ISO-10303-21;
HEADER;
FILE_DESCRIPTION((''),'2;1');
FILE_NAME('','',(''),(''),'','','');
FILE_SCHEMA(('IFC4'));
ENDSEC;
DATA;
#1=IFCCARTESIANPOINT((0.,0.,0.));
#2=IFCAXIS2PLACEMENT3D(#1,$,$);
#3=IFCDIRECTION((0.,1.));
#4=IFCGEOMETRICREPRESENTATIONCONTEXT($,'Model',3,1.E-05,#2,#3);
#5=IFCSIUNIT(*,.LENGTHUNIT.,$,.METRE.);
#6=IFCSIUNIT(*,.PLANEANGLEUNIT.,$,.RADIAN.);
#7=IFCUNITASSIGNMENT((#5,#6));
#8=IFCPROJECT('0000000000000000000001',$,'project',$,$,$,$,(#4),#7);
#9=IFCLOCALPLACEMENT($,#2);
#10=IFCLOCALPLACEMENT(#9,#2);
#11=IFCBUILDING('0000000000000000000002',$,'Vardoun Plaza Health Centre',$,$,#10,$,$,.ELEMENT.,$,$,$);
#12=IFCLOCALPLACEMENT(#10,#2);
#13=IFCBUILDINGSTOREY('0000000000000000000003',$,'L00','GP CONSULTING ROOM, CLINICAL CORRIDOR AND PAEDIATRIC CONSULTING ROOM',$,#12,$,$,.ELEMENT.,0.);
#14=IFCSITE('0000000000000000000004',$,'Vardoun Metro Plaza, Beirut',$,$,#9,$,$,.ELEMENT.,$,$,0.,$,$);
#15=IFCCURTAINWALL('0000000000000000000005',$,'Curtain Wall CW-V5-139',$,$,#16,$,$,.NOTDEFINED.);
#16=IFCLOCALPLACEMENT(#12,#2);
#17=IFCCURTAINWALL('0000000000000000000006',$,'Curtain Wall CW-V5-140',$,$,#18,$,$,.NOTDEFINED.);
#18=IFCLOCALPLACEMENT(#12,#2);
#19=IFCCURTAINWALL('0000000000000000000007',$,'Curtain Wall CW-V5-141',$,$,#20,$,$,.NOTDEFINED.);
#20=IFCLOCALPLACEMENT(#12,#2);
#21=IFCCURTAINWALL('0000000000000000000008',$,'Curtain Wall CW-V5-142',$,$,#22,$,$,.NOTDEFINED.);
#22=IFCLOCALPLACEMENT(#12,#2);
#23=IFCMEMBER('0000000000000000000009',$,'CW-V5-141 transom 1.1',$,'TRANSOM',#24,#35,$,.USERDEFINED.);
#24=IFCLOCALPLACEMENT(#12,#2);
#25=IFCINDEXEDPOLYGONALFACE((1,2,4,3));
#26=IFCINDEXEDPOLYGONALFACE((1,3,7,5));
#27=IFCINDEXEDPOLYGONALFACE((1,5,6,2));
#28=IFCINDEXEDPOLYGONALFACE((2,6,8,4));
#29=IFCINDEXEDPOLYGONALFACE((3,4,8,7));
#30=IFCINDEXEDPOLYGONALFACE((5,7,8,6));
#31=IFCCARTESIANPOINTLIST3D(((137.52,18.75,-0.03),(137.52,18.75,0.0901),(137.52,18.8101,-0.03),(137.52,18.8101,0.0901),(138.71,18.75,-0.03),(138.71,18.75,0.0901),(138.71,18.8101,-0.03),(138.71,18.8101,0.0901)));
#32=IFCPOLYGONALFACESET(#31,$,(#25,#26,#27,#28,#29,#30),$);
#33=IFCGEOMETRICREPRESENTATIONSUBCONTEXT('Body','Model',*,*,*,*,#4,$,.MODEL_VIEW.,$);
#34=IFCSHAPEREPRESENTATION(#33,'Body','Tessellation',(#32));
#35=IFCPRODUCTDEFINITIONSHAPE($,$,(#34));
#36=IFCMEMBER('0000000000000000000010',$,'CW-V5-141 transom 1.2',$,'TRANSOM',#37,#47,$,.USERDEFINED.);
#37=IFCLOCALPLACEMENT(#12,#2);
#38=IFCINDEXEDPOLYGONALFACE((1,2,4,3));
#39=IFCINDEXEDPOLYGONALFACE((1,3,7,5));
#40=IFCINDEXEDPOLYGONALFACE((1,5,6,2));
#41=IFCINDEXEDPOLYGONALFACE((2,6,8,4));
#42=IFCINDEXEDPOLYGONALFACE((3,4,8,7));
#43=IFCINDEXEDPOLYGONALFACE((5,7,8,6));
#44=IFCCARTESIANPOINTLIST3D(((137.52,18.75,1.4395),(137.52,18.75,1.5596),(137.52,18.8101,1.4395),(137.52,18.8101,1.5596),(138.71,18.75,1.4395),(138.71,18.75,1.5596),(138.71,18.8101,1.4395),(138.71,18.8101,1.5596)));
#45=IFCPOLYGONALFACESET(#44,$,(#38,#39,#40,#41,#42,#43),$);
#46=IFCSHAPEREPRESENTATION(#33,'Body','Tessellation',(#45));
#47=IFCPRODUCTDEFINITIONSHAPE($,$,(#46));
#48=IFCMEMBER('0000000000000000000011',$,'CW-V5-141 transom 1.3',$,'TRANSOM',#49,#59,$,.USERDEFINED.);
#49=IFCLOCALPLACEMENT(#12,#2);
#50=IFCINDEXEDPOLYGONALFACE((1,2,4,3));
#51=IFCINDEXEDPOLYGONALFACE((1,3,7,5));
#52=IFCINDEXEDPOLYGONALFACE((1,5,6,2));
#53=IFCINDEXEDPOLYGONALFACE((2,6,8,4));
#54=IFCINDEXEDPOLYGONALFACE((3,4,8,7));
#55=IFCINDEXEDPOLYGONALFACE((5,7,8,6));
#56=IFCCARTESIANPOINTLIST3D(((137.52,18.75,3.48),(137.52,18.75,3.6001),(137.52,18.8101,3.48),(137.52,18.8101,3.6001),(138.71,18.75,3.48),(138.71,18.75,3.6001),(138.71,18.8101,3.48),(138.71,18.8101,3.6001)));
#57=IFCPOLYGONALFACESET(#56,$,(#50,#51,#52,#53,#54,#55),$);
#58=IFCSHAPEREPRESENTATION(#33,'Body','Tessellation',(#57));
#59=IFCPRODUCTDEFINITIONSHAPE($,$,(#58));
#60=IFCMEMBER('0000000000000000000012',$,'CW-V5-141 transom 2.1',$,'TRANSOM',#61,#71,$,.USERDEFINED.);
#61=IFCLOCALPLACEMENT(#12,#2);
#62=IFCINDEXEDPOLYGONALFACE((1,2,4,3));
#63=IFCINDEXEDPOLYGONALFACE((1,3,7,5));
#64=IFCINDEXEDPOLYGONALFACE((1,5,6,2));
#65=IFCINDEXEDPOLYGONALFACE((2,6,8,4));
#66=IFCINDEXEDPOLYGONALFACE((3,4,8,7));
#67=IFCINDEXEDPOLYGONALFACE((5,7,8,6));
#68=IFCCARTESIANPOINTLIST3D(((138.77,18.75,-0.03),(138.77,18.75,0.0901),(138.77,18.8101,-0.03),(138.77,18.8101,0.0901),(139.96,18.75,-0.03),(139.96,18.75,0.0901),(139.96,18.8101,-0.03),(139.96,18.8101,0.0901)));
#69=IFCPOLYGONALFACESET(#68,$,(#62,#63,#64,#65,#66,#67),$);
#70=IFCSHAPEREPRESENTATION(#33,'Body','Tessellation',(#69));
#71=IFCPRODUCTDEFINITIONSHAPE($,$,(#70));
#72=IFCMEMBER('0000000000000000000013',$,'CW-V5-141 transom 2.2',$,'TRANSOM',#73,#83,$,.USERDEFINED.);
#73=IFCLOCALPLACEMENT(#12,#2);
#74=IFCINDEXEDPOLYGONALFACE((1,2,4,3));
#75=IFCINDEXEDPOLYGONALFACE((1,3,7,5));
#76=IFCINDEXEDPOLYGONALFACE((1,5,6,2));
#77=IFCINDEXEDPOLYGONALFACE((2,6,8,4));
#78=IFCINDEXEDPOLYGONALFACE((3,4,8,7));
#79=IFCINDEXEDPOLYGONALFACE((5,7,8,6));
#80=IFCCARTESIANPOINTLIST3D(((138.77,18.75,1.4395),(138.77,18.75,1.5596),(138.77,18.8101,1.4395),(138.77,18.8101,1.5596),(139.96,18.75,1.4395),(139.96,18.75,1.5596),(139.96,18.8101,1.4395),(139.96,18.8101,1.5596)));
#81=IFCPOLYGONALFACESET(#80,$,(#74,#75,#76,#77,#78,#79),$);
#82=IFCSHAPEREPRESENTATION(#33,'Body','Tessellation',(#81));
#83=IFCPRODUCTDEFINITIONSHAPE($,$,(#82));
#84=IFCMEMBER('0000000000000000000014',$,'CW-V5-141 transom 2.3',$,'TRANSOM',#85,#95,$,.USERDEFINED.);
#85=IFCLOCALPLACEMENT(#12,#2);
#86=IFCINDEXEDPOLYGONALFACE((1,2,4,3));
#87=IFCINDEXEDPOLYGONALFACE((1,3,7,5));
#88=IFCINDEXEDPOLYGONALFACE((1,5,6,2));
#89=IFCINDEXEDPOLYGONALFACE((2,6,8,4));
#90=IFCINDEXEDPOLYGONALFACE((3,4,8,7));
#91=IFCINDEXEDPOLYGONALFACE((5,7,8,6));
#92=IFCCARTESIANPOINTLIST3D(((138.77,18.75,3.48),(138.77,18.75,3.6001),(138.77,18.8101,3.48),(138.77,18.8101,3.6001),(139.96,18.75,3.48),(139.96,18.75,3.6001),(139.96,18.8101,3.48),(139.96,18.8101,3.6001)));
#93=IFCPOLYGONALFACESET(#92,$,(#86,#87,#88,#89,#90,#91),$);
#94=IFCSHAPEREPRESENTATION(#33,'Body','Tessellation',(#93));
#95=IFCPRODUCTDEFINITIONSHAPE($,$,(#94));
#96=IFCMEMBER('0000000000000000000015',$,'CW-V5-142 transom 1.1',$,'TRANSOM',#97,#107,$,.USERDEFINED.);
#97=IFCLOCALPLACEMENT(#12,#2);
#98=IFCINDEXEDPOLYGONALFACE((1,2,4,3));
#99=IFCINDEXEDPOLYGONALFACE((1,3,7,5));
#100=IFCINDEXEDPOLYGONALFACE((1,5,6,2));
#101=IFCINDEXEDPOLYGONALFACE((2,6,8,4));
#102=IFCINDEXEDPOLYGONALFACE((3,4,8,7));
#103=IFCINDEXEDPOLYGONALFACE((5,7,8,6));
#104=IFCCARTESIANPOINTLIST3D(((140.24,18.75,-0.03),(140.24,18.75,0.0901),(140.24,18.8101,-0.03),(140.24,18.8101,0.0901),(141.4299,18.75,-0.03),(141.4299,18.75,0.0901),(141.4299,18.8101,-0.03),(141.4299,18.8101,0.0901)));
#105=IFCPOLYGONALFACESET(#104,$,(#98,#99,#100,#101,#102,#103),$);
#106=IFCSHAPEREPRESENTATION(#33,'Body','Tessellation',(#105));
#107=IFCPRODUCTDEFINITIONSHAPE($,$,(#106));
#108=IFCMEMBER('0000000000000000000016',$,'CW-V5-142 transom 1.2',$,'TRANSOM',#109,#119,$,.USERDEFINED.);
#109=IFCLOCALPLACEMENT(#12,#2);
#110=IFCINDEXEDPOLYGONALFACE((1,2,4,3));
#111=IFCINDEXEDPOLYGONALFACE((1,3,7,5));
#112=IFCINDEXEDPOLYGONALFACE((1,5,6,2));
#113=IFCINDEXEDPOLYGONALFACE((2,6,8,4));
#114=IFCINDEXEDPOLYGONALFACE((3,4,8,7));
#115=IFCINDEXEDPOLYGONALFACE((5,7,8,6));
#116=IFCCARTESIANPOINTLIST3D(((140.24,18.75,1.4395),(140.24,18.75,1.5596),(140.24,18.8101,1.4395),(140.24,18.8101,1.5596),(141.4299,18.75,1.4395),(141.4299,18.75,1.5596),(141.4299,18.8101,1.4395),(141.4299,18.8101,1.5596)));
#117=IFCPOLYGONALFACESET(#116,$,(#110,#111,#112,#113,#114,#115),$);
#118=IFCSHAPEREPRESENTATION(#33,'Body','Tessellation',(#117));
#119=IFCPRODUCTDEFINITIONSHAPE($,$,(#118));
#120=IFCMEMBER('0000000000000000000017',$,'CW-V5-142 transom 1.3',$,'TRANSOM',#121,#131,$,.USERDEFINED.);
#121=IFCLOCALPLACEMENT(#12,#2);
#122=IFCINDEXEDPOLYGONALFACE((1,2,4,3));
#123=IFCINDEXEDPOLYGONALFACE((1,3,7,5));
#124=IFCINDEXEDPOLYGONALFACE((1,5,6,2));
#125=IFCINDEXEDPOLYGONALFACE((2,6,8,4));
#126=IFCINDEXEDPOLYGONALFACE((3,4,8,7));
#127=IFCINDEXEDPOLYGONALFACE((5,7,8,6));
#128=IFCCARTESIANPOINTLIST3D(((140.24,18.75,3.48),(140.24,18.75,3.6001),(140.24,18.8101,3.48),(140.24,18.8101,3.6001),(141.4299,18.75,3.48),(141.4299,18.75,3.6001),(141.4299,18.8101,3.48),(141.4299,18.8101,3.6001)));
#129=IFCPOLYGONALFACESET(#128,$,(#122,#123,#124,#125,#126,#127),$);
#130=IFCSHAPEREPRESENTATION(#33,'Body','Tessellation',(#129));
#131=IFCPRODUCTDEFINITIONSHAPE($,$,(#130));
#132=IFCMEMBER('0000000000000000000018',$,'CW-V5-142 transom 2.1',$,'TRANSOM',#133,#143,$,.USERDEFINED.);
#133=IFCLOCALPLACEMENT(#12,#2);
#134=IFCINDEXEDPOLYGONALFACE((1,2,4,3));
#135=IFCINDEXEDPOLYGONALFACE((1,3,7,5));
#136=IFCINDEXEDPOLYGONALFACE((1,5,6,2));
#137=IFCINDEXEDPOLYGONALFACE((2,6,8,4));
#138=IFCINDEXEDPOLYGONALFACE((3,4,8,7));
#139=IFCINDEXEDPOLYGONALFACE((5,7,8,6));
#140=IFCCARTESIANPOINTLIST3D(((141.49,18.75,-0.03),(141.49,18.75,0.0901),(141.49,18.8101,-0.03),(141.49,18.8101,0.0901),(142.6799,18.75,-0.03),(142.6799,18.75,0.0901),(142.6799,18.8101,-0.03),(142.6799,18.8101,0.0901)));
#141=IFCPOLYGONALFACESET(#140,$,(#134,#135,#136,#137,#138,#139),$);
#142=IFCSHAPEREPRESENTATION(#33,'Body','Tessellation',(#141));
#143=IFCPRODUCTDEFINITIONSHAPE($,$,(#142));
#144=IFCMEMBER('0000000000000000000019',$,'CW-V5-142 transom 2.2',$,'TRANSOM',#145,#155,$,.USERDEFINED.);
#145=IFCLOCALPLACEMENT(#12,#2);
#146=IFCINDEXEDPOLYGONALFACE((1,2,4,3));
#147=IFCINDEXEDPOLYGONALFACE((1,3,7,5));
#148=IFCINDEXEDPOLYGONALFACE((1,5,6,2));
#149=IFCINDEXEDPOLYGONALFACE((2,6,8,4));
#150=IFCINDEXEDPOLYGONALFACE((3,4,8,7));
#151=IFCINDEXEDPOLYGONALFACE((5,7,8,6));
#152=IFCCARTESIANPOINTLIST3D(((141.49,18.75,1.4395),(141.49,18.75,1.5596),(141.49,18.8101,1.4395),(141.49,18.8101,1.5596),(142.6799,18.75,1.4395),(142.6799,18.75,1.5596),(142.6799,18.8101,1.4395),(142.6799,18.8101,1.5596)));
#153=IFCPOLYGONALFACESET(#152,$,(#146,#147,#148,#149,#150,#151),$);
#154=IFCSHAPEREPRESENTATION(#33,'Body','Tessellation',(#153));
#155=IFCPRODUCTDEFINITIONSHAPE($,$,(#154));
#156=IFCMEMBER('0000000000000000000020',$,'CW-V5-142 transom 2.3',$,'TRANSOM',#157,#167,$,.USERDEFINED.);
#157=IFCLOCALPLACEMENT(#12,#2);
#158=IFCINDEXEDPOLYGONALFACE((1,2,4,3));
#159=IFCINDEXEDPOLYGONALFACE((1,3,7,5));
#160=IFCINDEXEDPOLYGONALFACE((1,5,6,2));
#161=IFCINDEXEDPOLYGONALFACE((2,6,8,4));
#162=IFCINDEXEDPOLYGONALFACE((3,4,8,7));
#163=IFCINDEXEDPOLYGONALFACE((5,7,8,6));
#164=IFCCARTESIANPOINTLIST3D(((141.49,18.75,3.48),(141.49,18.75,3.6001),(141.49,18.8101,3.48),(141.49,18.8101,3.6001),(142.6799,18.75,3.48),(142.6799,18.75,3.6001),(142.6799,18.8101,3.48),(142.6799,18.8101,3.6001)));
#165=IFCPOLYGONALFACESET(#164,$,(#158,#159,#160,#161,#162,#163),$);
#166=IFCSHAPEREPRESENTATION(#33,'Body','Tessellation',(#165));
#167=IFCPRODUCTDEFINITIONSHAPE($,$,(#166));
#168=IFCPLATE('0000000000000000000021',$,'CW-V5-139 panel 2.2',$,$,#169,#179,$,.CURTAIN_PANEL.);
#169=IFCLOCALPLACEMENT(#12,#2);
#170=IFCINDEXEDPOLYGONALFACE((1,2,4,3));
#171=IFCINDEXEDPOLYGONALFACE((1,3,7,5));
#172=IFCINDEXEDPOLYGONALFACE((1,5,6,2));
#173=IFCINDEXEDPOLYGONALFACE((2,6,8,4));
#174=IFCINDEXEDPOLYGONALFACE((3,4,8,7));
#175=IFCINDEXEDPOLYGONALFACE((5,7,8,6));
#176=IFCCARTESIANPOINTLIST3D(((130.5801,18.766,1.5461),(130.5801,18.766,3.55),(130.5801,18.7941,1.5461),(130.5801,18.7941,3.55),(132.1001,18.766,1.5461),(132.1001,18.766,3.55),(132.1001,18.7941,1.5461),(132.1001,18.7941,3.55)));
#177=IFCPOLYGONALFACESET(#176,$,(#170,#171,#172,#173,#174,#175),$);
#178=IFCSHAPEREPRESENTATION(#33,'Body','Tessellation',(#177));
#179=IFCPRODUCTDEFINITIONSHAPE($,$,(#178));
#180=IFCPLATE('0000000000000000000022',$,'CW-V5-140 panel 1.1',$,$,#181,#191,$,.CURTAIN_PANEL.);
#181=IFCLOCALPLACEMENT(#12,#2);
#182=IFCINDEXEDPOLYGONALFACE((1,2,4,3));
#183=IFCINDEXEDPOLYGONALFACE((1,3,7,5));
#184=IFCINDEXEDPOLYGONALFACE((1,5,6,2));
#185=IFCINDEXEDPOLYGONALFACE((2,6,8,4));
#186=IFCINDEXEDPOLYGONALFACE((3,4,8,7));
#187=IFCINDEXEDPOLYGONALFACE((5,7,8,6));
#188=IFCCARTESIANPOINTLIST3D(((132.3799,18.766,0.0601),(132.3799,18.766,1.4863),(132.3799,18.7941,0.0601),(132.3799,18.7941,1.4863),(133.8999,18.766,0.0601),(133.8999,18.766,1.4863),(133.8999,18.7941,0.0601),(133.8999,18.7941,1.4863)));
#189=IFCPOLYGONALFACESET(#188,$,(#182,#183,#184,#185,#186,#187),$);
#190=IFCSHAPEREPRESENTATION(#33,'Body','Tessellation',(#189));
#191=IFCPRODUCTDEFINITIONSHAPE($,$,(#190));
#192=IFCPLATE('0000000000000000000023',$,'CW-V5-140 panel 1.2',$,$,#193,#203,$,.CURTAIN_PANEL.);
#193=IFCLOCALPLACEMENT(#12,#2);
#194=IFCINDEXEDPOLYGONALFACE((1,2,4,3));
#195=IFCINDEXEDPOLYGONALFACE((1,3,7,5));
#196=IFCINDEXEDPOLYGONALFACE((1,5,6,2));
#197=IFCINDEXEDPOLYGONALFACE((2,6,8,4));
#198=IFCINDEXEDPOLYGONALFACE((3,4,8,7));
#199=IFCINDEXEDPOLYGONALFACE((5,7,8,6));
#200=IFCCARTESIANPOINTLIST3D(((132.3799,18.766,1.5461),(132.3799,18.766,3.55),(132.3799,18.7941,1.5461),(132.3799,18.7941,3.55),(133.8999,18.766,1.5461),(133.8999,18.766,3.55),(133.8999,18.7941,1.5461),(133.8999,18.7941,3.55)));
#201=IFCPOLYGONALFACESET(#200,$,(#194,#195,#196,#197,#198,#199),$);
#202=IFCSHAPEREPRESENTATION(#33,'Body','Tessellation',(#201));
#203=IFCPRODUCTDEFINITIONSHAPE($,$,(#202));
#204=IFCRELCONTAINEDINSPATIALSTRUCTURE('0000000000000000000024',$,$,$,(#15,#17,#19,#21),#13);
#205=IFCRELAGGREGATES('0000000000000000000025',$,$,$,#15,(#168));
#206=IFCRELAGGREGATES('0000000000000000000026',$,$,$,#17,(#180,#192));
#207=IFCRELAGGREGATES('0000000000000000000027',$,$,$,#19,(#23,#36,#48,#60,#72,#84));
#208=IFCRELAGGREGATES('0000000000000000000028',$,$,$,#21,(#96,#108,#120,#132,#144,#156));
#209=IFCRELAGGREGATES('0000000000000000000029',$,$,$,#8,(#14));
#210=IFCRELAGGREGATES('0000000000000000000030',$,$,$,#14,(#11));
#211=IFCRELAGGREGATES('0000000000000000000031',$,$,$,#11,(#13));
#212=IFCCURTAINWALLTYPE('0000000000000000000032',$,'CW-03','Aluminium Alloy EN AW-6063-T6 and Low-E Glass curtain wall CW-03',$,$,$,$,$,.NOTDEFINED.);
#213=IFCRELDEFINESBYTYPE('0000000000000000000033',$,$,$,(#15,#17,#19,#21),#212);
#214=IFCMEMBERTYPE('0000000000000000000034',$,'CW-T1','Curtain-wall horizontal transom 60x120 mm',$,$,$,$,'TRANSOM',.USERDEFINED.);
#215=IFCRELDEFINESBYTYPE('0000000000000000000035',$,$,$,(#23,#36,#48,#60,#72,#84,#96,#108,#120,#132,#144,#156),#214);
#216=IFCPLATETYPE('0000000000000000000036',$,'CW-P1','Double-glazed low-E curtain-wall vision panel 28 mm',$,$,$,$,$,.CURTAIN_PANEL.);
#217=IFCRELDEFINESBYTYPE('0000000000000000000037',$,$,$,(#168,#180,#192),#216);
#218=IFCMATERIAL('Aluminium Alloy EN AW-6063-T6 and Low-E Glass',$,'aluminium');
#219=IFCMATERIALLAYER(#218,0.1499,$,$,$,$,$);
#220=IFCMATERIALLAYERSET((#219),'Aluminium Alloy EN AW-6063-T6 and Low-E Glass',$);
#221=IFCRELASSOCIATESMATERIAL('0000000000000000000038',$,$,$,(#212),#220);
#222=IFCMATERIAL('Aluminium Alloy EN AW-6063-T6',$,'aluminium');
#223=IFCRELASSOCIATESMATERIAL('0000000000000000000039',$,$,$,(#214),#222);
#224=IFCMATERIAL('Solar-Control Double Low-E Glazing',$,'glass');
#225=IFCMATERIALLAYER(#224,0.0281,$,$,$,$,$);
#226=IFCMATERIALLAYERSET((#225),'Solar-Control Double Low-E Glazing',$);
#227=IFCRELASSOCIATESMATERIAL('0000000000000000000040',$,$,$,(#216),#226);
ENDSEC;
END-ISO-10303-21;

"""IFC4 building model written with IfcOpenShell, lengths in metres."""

from ifc_helpers import new_model, si_unit, direction, frame, origin, origin_2d, place, context, subcontext, project, spatial, rectangle, extrude, material, layer, layer_set, material_profile, profile_set, type_object, element, aggregate, save


model = new_model("IFC4")

# Units and contexts
model_context = context("Model", 3, precision=1e-05, world=origin(), true_north=direction((0.0, 1.0)))
body_context = subcontext(model_context, "Body", "Model", "MODEL_VIEW")
ifc_project = project(units=[si_unit("LENGTHUNIT", "METRE"), si_unit("PLANEANGLEUNIT", "RADIAN")], contexts=[model_context])

# Site, building, storey
site_placement = place(None, origin())
site = spatial("IfcSite", under=ifc_project, at=site_placement, Name="Vardoun Metro Plaza, Beirut", CompositionType="ELEMENT", RefElevation=0.0)
building_placement = place(site_placement, origin())
building = spatial("IfcBuilding", under=site, at=building_placement, Name="Vardoun Plaza Health Centre", CompositionType="ELEMENT")
storey_placement = place(building_placement, origin())
storey = spatial("IfcBuildingStorey", under=building, at=storey_placement, Name="L00", Description="GP CONSULTING ROOM, CLINICAL CORRIDOR AND PAEDIATRIC CONSULTING ROOM", CompositionType="ELEMENT", Elevation=0.0)

# Curtain wall
ifc_material_1 = material(Name="Aluminium Alloy EN AW-6063-T6 and Low-E Glass", Category="aluminium")
ifc_layer_1 = layer(ifc_material_1, 0.1499)
ifc_layer_set_1 = layer_set([ifc_layer_1], Name="Aluminium Alloy EN AW-6063-T6 and Low-E Glass")
curtain_wall_type = type_object("IfcCurtainWallType", Name="CW-03", Description="Aluminium Alloy EN AW-6063-T6 and Low-E Glass curtain wall CW-03", PredefinedType="NOTDEFINED", material=ifc_layer_set_1)
curtain_wall_1_placement = place(storey_placement, origin())
curtain_wall_1 = element("IfcCurtainWall", 1, at=curtain_wall_1_placement, inside=storey, type_object=curtain_wall_type, Name="Curtain Wall CW-V5-139", PredefinedType="NOTDEFINED")

# Curtain walls
curtain_wall_2_placement = place(storey_placement, origin())
curtain_wall_2 = element("IfcCurtainWall", 2, at=curtain_wall_2_placement, inside=storey, type_object=curtain_wall_type, Name="Curtain Wall CW-V5-140", PredefinedType="NOTDEFINED")
curtain_wall_3_placement = place(storey_placement, origin())
curtain_wall_3 = element("IfcCurtainWall", 3, at=curtain_wall_3_placement, inside=storey, type_object=curtain_wall_type, Name="Curtain Wall CW-V5-141", PredefinedType="NOTDEFINED")
curtain_wall_4_placement = place(storey_placement, origin())
curtain_wall_4 = element("IfcCurtainWall", 4, at=curtain_wall_4_placement, inside=storey, type_object=curtain_wall_type, Name="Curtain Wall CW-V5-142", PredefinedType="NOTDEFINED")

# Members
ifc_material_2 = material(Name="Aluminium Alloy EN AW-6063-T6", Category="aluminium")
ifc_material_profile_1 = material_profile(ifc_material_2, rectangle(XDim=0.0601, YDim=0.1201, at=origin_2d()), Name="CWT 60x120")
ifc_profile_set_1 = profile_set([ifc_material_profile_1], Name="Aluminium Alloy EN AW-6063-T6")
member_type_1 = type_object("IfcMemberType", Name="CW-T1", Description="Curtain-wall horizontal transom 60x120 mm", ElementType="TRANSOM", PredefinedType="USERDEFINED", material=ifc_profile_set_1)
member_1_placement = place(storey_placement, frame((137.52, 18.78, 0.03), z_axis=(1.0, 0.0, 0.0), x_axis=(0.0, 1.0, 0.0)))
member_1 = element("IfcMember", 5, at=member_1_placement, type_object=member_type_1, Name="CW-V5-141 transom 1.1", ObjectType="TRANSOM", PredefinedType="USERDEFINED", context=body_context, shape_type="SweptSolid", body=[
    extrude(rectangle(XDim=0.0601, YDim=0.1201, at=origin_2d()), origin(), (0.0, 0.0, 1.0), 1.1899),
])
member_2_placement = place(storey_placement, frame((137.52, 18.78, 1.4995), z_axis=(1.0, 0.0, 0.0), x_axis=(0.0, 1.0, 0.0)))
member_2 = element("IfcMember", 6, at=member_2_placement, type_object=member_type_1, Name="CW-V5-141 transom 1.2", ObjectType="TRANSOM", PredefinedType="USERDEFINED", context=body_context, shape_type="SweptSolid", body=[
    extrude(rectangle(XDim=0.0601, YDim=0.1201, at=origin_2d()), origin(), (0.0, 0.0, 1.0), 1.1899),
])
member_3_placement = place(storey_placement, frame((137.52, 18.78, 3.54), z_axis=(1.0, 0.0, 0.0), x_axis=(0.0, 1.0, 0.0)))
member_3 = element("IfcMember", 7, at=member_3_placement, type_object=member_type_1, Name="CW-V5-141 transom 1.3", ObjectType="TRANSOM", PredefinedType="USERDEFINED", context=body_context, shape_type="SweptSolid", body=[
    extrude(rectangle(XDim=0.0601, YDim=0.1201, at=origin_2d()), origin(), (0.0, 0.0, 1.0), 1.1899),
])
member_4_placement = place(storey_placement, frame((138.77, 18.78, 0.03), z_axis=(1.0, 0.0, 0.0), x_axis=(0.0, 1.0, 0.0)))
member_4 = element("IfcMember", 8, at=member_4_placement, type_object=member_type_1, Name="CW-V5-141 transom 2.1", ObjectType="TRANSOM", PredefinedType="USERDEFINED", context=body_context, shape_type="SweptSolid", body=[
    extrude(rectangle(XDim=0.0601, YDim=0.1201, at=origin_2d()), origin(), (0.0, 0.0, 1.0), 1.1899),
])
member_5_placement = place(storey_placement, frame((138.77, 18.78, 1.4995), z_axis=(1.0, 0.0, 0.0), x_axis=(0.0, 1.0, 0.0)))
member_5 = element("IfcMember", 9, at=member_5_placement, type_object=member_type_1, Name="CW-V5-141 transom 2.2", ObjectType="TRANSOM", PredefinedType="USERDEFINED", context=body_context, shape_type="SweptSolid", body=[
    extrude(rectangle(XDim=0.0601, YDim=0.1201, at=origin_2d()), origin(), (0.0, 0.0, 1.0), 1.1899),
])
member_6_placement = place(storey_placement, frame((138.77, 18.78, 3.54), z_axis=(1.0, 0.0, 0.0), x_axis=(0.0, 1.0, 0.0)))
member_6 = element("IfcMember", 10, at=member_6_placement, type_object=member_type_1, Name="CW-V5-141 transom 2.3", ObjectType="TRANSOM", PredefinedType="USERDEFINED", context=body_context, shape_type="SweptSolid", body=[
    extrude(rectangle(XDim=0.0601, YDim=0.1201, at=origin_2d()), origin(), (0.0, 0.0, 1.0), 1.1899),
])
member_7_placement = place(storey_placement, frame((140.24, 18.78, 0.03), z_axis=(1.0, 0.0, 0.0), x_axis=(0.0, 1.0, 0.0)))
member_7 = element("IfcMember", 11, at=member_7_placement, type_object=member_type_1, Name="CW-V5-142 transom 1.1", ObjectType="TRANSOM", PredefinedType="USERDEFINED", context=body_context, shape_type="SweptSolid", body=[
    extrude(rectangle(XDim=0.0601, YDim=0.1201, at=origin_2d()), origin(), (0.0, 0.0, 1.0), 1.1899),
])
member_8_placement = place(storey_placement, frame((140.24, 18.78, 1.4995), z_axis=(1.0, 0.0, 0.0), x_axis=(0.0, 1.0, 0.0)))
member_8 = element("IfcMember", 12, at=member_8_placement, type_object=member_type_1, Name="CW-V5-142 transom 1.2", ObjectType="TRANSOM", PredefinedType="USERDEFINED", context=body_context, shape_type="SweptSolid", body=[
    extrude(rectangle(XDim=0.0601, YDim=0.1201, at=origin_2d()), origin(), (0.0, 0.0, 1.0), 1.1899),
])
member_9_placement = place(storey_placement, frame((140.24, 18.78, 3.54), z_axis=(1.0, 0.0, 0.0), x_axis=(0.0, 1.0, 0.0)))
member_9 = element("IfcMember", 13, at=member_9_placement, type_object=member_type_1, Name="CW-V5-142 transom 1.3", ObjectType="TRANSOM", PredefinedType="USERDEFINED", context=body_context, shape_type="SweptSolid", body=[
    extrude(rectangle(XDim=0.0601, YDim=0.1201, at=origin_2d()), origin(), (0.0, 0.0, 1.0), 1.1899),
])
member_10_placement = place(storey_placement, frame((141.49, 18.78, 0.03), z_axis=(1.0, 0.0, 0.0), x_axis=(0.0, 1.0, 0.0)))
member_10 = element("IfcMember", 14, at=member_10_placement, type_object=member_type_1, Name="CW-V5-142 transom 2.1", ObjectType="TRANSOM", PredefinedType="USERDEFINED", context=body_context, shape_type="SweptSolid", body=[
    extrude(rectangle(XDim=0.0601, YDim=0.1201, at=origin_2d()), origin(), (0.0, 0.0, 1.0), 1.1899),
])
member_11_placement = place(storey_placement, frame((141.49, 18.78, 1.4995), z_axis=(1.0, 0.0, 0.0), x_axis=(0.0, 1.0, 0.0)))
member_11 = element("IfcMember", 15, at=member_11_placement, type_object=member_type_1, Name="CW-V5-142 transom 2.2", ObjectType="TRANSOM", PredefinedType="USERDEFINED", context=body_context, shape_type="SweptSolid", body=[
    extrude(rectangle(XDim=0.0601, YDim=0.1201, at=origin_2d()), origin(), (0.0, 0.0, 1.0), 1.1899),
])
member_12_placement = place(storey_placement, frame((141.49, 18.78, 3.54), z_axis=(1.0, 0.0, 0.0), x_axis=(0.0, 1.0, 0.0)))
member_12 = element("IfcMember", 16, at=member_12_placement, type_object=member_type_1, Name="CW-V5-142 transom 2.3", ObjectType="TRANSOM", PredefinedType="USERDEFINED", context=body_context, shape_type="SweptSolid", body=[
    extrude(rectangle(XDim=0.0601, YDim=0.1201, at=origin_2d()), origin(), (0.0, 0.0, 1.0), 1.1899),
])

# Plates
ifc_material_3 = material(Name="Solar-Control Double Low-E Glazing", Category="glass")
ifc_layer_2 = layer(ifc_material_3, 0.0281)
ifc_layer_set_2 = layer_set([ifc_layer_2], Name="Solar-Control Double Low-E Glazing")
plate_type = type_object("IfcPlateType", Name="CW-P1", Description="Double-glazed low-E curtain-wall vision panel 28 mm", PredefinedType="CURTAIN_PANEL", material=ifc_layer_set_2)
plate_1_placement = place(storey_placement, frame((131.3401, 18.78, 1.5461), z_axis=(0.0, 0.0, 1.0), x_axis=(1.0, 0.0, 0.0)))
plate_1 = element("IfcPlate", 17, at=plate_1_placement, type_object=plate_type, Name="CW-V5-139 panel 2.2", PredefinedType="CURTAIN_PANEL", context=body_context, shape_type="SweptSolid", body=[
    extrude(rectangle(XDim=1.52, YDim=0.0281, at=origin_2d()), origin(), (0.0, 0.0, 1.0), 2.0039),
])
aggregate(curtain_wall_1, [plate_1])
plate_2_placement = place(storey_placement, frame((133.1399, 18.78, 0.0601), z_axis=(0.0, 0.0, 1.0), x_axis=(1.0, 0.0, 0.0)))
plate_2 = element("IfcPlate", 18, at=plate_2_placement, type_object=plate_type, Name="CW-V5-140 panel 1.1", PredefinedType="CURTAIN_PANEL", context=body_context, shape_type="SweptSolid", body=[
    extrude(rectangle(XDim=1.52, YDim=0.0281, at=origin_2d()), origin(), (0.0, 0.0, 1.0), 1.4263),
])
plate_3_placement = place(storey_placement, frame((133.1399, 18.78, 1.5461), z_axis=(0.0, 0.0, 1.0), x_axis=(1.0, 0.0, 0.0)))
plate_3 = element("IfcPlate", 19, at=plate_3_placement, type_object=plate_type, Name="CW-V5-140 panel 1.2", PredefinedType="CURTAIN_PANEL", context=body_context, shape_type="SweptSolid", body=[
    extrude(rectangle(XDim=1.52, YDim=0.0281, at=origin_2d()), origin(), (0.0, 0.0, 1.0), 2.0039),
])
aggregate(curtain_wall_2, [plate_2, plate_3])
aggregate(curtain_wall_3, [member_1, member_2, member_3, member_4, member_5, member_6])
aggregate(curtain_wall_4, [member_7, member_8, member_9, member_10, member_11, member_12])

save(model, "model.ifc")
